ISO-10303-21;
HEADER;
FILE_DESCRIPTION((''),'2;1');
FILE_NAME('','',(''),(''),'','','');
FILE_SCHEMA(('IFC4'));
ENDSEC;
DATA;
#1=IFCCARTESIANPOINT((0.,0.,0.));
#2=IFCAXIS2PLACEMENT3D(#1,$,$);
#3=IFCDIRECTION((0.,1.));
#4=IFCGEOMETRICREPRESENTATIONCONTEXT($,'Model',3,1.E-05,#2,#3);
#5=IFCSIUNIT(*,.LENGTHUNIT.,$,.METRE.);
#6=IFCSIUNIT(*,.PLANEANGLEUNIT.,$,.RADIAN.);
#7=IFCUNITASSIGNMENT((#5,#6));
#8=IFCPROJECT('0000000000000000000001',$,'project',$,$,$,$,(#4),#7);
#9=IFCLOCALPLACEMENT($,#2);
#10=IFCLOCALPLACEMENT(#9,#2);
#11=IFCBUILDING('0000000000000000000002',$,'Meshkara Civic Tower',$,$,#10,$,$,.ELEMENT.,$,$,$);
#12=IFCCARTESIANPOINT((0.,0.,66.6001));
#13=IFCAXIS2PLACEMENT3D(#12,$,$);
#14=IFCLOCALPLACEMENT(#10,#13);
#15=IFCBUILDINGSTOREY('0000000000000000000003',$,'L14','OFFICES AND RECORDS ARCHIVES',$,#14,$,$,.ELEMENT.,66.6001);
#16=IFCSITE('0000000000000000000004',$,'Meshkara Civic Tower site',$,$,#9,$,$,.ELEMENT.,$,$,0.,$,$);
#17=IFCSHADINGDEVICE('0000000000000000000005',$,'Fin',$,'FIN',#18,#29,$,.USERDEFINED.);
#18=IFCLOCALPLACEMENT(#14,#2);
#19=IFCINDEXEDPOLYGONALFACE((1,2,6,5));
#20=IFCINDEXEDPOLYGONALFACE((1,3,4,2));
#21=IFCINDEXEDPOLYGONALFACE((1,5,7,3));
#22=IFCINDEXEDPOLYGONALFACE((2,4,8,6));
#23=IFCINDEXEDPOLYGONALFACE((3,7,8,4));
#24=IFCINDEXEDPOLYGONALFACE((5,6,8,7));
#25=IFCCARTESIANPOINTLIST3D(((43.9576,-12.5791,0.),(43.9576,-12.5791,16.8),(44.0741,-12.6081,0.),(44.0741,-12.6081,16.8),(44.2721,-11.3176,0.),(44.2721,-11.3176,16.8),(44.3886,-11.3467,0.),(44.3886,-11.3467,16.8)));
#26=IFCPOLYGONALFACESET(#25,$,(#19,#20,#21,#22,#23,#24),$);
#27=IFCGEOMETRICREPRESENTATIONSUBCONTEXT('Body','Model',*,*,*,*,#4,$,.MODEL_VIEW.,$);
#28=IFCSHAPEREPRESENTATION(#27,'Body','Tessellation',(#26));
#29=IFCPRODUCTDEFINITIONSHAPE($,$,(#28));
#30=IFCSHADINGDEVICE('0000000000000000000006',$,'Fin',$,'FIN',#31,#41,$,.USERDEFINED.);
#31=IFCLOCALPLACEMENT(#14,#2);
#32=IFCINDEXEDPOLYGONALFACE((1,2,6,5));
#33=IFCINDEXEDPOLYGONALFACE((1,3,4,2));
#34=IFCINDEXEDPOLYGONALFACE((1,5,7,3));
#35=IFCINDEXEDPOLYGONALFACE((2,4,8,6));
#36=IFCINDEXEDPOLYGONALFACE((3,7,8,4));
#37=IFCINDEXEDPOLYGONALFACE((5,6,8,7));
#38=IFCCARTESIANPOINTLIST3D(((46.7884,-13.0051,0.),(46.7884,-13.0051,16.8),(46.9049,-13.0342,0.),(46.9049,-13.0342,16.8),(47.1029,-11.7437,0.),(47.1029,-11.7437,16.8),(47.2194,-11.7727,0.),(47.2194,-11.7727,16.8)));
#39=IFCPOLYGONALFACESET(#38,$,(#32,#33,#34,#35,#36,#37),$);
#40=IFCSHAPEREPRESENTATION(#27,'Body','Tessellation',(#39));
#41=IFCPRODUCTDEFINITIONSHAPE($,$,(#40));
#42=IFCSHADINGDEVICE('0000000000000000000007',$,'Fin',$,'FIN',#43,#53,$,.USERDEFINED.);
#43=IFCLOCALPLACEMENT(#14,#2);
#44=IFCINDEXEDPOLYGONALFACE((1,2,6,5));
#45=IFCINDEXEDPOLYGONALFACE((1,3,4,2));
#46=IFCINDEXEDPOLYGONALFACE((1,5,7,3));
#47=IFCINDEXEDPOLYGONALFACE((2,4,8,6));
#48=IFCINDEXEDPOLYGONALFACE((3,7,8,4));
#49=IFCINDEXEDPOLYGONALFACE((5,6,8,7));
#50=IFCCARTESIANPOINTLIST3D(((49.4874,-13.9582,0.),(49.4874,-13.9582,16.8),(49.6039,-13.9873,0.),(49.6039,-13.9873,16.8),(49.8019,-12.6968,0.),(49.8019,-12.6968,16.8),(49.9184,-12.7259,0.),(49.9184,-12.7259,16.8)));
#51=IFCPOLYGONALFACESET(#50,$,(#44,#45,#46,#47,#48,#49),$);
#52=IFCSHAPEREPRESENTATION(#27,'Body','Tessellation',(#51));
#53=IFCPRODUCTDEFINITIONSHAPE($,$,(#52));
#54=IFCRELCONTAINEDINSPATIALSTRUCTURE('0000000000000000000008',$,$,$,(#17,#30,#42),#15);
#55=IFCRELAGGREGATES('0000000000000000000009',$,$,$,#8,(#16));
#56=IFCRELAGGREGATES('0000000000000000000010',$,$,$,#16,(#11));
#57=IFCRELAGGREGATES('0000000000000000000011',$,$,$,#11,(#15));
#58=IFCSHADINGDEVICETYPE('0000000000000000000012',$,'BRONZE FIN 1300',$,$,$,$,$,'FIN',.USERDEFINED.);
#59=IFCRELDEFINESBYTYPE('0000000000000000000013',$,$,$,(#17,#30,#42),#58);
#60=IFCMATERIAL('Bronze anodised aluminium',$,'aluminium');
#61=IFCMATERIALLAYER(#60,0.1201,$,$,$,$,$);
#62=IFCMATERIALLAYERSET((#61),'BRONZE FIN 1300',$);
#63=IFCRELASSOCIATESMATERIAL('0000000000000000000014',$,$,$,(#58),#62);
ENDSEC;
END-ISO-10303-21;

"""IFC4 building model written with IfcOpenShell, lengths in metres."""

from ifc_helpers import new_model, si_unit, direction, frame, origin, origin_2d, place, context, subcontext, project, spatial, rectangle, extrude, material, layer, layer_set, type_object, element, save


model = new_model("IFC4")

# Units and contexts
model_context = context("Model", 3, precision=1e-05, world=origin(), true_north=direction((0.0, 1.0)))
body_context = subcontext(model_context, "Body", "Model", "MODEL_VIEW")
ifc_project = project(units=[si_unit("LENGTHUNIT", "METRE"), si_unit("PLANEANGLEUNIT", "RADIAN")], contexts=[model_context])

# Site, building, storey
site_placement = place(None, origin())
site = spatial("IfcSite", under=ifc_project, at=site_placement, Name="Meshkara Civic Tower site", CompositionType="ELEMENT", RefElevation=0.0)
building_placement = place(site_placement, origin())
building = spatial("IfcBuilding", under=site, at=building_placement, Name="Meshkara Civic Tower", CompositionType="ELEMENT")
storey_placement = place(building_placement, frame((0.0, 0.0, 66.6001)))
storey = spatial("IfcBuildingStorey", under=building, at=storey_placement, Name="L14", Description="OFFICES AND RECORDS ARCHIVES", CompositionType="ELEMENT", Elevation=66.6001)

# Shading devices
ifc_material_1 = material(Name="Bronze anodised aluminium", Category="aluminium")
ifc_layer_1 = layer(ifc_material_1, 0.1201)
ifc_layer_set_1 = layer_set([ifc_layer_1], Name="BRONZE FIN 1300")
shading_device_type = type_object("IfcShadingDeviceType", Name="BRONZE FIN 1300", ElementType="FIN", PredefinedType="USERDEFINED", material=ifc_layer_set_1)
for number, where, z_axis, x_axis, name in (
    (1, (44.1731, -11.9629, 0.0), (0.0, 0.0, 1.0), (0.970296, -0.241922, 0.0), "Fin"),
    (2, (47.0039, -12.3889, 0.0), (0.0, 0.0, 1.0), (0.970296, -0.241922, 0.0), "Fin"),
    (3, (49.7029, -13.342, 0.0), (0.0, 0.0, 1.0), (0.970296, -0.241922, 0.0), "Fin"),
):
    element("IfcShadingDevice", number, at=place(storey_placement, frame(where, z_axis=z_axis, x_axis=x_axis)), inside=storey, type_object=shading_device_type, Name=name, ObjectType="FIN", PredefinedType="USERDEFINED", context=body_context, shape_type="SweptSolid", body=[
        extrude(rectangle(XDim=0.1201, YDim=1.3, at=origin_2d()), origin(), (0.0, 0.0, 1.0), 16.8),
    ])

save(model, "model.ifc")
